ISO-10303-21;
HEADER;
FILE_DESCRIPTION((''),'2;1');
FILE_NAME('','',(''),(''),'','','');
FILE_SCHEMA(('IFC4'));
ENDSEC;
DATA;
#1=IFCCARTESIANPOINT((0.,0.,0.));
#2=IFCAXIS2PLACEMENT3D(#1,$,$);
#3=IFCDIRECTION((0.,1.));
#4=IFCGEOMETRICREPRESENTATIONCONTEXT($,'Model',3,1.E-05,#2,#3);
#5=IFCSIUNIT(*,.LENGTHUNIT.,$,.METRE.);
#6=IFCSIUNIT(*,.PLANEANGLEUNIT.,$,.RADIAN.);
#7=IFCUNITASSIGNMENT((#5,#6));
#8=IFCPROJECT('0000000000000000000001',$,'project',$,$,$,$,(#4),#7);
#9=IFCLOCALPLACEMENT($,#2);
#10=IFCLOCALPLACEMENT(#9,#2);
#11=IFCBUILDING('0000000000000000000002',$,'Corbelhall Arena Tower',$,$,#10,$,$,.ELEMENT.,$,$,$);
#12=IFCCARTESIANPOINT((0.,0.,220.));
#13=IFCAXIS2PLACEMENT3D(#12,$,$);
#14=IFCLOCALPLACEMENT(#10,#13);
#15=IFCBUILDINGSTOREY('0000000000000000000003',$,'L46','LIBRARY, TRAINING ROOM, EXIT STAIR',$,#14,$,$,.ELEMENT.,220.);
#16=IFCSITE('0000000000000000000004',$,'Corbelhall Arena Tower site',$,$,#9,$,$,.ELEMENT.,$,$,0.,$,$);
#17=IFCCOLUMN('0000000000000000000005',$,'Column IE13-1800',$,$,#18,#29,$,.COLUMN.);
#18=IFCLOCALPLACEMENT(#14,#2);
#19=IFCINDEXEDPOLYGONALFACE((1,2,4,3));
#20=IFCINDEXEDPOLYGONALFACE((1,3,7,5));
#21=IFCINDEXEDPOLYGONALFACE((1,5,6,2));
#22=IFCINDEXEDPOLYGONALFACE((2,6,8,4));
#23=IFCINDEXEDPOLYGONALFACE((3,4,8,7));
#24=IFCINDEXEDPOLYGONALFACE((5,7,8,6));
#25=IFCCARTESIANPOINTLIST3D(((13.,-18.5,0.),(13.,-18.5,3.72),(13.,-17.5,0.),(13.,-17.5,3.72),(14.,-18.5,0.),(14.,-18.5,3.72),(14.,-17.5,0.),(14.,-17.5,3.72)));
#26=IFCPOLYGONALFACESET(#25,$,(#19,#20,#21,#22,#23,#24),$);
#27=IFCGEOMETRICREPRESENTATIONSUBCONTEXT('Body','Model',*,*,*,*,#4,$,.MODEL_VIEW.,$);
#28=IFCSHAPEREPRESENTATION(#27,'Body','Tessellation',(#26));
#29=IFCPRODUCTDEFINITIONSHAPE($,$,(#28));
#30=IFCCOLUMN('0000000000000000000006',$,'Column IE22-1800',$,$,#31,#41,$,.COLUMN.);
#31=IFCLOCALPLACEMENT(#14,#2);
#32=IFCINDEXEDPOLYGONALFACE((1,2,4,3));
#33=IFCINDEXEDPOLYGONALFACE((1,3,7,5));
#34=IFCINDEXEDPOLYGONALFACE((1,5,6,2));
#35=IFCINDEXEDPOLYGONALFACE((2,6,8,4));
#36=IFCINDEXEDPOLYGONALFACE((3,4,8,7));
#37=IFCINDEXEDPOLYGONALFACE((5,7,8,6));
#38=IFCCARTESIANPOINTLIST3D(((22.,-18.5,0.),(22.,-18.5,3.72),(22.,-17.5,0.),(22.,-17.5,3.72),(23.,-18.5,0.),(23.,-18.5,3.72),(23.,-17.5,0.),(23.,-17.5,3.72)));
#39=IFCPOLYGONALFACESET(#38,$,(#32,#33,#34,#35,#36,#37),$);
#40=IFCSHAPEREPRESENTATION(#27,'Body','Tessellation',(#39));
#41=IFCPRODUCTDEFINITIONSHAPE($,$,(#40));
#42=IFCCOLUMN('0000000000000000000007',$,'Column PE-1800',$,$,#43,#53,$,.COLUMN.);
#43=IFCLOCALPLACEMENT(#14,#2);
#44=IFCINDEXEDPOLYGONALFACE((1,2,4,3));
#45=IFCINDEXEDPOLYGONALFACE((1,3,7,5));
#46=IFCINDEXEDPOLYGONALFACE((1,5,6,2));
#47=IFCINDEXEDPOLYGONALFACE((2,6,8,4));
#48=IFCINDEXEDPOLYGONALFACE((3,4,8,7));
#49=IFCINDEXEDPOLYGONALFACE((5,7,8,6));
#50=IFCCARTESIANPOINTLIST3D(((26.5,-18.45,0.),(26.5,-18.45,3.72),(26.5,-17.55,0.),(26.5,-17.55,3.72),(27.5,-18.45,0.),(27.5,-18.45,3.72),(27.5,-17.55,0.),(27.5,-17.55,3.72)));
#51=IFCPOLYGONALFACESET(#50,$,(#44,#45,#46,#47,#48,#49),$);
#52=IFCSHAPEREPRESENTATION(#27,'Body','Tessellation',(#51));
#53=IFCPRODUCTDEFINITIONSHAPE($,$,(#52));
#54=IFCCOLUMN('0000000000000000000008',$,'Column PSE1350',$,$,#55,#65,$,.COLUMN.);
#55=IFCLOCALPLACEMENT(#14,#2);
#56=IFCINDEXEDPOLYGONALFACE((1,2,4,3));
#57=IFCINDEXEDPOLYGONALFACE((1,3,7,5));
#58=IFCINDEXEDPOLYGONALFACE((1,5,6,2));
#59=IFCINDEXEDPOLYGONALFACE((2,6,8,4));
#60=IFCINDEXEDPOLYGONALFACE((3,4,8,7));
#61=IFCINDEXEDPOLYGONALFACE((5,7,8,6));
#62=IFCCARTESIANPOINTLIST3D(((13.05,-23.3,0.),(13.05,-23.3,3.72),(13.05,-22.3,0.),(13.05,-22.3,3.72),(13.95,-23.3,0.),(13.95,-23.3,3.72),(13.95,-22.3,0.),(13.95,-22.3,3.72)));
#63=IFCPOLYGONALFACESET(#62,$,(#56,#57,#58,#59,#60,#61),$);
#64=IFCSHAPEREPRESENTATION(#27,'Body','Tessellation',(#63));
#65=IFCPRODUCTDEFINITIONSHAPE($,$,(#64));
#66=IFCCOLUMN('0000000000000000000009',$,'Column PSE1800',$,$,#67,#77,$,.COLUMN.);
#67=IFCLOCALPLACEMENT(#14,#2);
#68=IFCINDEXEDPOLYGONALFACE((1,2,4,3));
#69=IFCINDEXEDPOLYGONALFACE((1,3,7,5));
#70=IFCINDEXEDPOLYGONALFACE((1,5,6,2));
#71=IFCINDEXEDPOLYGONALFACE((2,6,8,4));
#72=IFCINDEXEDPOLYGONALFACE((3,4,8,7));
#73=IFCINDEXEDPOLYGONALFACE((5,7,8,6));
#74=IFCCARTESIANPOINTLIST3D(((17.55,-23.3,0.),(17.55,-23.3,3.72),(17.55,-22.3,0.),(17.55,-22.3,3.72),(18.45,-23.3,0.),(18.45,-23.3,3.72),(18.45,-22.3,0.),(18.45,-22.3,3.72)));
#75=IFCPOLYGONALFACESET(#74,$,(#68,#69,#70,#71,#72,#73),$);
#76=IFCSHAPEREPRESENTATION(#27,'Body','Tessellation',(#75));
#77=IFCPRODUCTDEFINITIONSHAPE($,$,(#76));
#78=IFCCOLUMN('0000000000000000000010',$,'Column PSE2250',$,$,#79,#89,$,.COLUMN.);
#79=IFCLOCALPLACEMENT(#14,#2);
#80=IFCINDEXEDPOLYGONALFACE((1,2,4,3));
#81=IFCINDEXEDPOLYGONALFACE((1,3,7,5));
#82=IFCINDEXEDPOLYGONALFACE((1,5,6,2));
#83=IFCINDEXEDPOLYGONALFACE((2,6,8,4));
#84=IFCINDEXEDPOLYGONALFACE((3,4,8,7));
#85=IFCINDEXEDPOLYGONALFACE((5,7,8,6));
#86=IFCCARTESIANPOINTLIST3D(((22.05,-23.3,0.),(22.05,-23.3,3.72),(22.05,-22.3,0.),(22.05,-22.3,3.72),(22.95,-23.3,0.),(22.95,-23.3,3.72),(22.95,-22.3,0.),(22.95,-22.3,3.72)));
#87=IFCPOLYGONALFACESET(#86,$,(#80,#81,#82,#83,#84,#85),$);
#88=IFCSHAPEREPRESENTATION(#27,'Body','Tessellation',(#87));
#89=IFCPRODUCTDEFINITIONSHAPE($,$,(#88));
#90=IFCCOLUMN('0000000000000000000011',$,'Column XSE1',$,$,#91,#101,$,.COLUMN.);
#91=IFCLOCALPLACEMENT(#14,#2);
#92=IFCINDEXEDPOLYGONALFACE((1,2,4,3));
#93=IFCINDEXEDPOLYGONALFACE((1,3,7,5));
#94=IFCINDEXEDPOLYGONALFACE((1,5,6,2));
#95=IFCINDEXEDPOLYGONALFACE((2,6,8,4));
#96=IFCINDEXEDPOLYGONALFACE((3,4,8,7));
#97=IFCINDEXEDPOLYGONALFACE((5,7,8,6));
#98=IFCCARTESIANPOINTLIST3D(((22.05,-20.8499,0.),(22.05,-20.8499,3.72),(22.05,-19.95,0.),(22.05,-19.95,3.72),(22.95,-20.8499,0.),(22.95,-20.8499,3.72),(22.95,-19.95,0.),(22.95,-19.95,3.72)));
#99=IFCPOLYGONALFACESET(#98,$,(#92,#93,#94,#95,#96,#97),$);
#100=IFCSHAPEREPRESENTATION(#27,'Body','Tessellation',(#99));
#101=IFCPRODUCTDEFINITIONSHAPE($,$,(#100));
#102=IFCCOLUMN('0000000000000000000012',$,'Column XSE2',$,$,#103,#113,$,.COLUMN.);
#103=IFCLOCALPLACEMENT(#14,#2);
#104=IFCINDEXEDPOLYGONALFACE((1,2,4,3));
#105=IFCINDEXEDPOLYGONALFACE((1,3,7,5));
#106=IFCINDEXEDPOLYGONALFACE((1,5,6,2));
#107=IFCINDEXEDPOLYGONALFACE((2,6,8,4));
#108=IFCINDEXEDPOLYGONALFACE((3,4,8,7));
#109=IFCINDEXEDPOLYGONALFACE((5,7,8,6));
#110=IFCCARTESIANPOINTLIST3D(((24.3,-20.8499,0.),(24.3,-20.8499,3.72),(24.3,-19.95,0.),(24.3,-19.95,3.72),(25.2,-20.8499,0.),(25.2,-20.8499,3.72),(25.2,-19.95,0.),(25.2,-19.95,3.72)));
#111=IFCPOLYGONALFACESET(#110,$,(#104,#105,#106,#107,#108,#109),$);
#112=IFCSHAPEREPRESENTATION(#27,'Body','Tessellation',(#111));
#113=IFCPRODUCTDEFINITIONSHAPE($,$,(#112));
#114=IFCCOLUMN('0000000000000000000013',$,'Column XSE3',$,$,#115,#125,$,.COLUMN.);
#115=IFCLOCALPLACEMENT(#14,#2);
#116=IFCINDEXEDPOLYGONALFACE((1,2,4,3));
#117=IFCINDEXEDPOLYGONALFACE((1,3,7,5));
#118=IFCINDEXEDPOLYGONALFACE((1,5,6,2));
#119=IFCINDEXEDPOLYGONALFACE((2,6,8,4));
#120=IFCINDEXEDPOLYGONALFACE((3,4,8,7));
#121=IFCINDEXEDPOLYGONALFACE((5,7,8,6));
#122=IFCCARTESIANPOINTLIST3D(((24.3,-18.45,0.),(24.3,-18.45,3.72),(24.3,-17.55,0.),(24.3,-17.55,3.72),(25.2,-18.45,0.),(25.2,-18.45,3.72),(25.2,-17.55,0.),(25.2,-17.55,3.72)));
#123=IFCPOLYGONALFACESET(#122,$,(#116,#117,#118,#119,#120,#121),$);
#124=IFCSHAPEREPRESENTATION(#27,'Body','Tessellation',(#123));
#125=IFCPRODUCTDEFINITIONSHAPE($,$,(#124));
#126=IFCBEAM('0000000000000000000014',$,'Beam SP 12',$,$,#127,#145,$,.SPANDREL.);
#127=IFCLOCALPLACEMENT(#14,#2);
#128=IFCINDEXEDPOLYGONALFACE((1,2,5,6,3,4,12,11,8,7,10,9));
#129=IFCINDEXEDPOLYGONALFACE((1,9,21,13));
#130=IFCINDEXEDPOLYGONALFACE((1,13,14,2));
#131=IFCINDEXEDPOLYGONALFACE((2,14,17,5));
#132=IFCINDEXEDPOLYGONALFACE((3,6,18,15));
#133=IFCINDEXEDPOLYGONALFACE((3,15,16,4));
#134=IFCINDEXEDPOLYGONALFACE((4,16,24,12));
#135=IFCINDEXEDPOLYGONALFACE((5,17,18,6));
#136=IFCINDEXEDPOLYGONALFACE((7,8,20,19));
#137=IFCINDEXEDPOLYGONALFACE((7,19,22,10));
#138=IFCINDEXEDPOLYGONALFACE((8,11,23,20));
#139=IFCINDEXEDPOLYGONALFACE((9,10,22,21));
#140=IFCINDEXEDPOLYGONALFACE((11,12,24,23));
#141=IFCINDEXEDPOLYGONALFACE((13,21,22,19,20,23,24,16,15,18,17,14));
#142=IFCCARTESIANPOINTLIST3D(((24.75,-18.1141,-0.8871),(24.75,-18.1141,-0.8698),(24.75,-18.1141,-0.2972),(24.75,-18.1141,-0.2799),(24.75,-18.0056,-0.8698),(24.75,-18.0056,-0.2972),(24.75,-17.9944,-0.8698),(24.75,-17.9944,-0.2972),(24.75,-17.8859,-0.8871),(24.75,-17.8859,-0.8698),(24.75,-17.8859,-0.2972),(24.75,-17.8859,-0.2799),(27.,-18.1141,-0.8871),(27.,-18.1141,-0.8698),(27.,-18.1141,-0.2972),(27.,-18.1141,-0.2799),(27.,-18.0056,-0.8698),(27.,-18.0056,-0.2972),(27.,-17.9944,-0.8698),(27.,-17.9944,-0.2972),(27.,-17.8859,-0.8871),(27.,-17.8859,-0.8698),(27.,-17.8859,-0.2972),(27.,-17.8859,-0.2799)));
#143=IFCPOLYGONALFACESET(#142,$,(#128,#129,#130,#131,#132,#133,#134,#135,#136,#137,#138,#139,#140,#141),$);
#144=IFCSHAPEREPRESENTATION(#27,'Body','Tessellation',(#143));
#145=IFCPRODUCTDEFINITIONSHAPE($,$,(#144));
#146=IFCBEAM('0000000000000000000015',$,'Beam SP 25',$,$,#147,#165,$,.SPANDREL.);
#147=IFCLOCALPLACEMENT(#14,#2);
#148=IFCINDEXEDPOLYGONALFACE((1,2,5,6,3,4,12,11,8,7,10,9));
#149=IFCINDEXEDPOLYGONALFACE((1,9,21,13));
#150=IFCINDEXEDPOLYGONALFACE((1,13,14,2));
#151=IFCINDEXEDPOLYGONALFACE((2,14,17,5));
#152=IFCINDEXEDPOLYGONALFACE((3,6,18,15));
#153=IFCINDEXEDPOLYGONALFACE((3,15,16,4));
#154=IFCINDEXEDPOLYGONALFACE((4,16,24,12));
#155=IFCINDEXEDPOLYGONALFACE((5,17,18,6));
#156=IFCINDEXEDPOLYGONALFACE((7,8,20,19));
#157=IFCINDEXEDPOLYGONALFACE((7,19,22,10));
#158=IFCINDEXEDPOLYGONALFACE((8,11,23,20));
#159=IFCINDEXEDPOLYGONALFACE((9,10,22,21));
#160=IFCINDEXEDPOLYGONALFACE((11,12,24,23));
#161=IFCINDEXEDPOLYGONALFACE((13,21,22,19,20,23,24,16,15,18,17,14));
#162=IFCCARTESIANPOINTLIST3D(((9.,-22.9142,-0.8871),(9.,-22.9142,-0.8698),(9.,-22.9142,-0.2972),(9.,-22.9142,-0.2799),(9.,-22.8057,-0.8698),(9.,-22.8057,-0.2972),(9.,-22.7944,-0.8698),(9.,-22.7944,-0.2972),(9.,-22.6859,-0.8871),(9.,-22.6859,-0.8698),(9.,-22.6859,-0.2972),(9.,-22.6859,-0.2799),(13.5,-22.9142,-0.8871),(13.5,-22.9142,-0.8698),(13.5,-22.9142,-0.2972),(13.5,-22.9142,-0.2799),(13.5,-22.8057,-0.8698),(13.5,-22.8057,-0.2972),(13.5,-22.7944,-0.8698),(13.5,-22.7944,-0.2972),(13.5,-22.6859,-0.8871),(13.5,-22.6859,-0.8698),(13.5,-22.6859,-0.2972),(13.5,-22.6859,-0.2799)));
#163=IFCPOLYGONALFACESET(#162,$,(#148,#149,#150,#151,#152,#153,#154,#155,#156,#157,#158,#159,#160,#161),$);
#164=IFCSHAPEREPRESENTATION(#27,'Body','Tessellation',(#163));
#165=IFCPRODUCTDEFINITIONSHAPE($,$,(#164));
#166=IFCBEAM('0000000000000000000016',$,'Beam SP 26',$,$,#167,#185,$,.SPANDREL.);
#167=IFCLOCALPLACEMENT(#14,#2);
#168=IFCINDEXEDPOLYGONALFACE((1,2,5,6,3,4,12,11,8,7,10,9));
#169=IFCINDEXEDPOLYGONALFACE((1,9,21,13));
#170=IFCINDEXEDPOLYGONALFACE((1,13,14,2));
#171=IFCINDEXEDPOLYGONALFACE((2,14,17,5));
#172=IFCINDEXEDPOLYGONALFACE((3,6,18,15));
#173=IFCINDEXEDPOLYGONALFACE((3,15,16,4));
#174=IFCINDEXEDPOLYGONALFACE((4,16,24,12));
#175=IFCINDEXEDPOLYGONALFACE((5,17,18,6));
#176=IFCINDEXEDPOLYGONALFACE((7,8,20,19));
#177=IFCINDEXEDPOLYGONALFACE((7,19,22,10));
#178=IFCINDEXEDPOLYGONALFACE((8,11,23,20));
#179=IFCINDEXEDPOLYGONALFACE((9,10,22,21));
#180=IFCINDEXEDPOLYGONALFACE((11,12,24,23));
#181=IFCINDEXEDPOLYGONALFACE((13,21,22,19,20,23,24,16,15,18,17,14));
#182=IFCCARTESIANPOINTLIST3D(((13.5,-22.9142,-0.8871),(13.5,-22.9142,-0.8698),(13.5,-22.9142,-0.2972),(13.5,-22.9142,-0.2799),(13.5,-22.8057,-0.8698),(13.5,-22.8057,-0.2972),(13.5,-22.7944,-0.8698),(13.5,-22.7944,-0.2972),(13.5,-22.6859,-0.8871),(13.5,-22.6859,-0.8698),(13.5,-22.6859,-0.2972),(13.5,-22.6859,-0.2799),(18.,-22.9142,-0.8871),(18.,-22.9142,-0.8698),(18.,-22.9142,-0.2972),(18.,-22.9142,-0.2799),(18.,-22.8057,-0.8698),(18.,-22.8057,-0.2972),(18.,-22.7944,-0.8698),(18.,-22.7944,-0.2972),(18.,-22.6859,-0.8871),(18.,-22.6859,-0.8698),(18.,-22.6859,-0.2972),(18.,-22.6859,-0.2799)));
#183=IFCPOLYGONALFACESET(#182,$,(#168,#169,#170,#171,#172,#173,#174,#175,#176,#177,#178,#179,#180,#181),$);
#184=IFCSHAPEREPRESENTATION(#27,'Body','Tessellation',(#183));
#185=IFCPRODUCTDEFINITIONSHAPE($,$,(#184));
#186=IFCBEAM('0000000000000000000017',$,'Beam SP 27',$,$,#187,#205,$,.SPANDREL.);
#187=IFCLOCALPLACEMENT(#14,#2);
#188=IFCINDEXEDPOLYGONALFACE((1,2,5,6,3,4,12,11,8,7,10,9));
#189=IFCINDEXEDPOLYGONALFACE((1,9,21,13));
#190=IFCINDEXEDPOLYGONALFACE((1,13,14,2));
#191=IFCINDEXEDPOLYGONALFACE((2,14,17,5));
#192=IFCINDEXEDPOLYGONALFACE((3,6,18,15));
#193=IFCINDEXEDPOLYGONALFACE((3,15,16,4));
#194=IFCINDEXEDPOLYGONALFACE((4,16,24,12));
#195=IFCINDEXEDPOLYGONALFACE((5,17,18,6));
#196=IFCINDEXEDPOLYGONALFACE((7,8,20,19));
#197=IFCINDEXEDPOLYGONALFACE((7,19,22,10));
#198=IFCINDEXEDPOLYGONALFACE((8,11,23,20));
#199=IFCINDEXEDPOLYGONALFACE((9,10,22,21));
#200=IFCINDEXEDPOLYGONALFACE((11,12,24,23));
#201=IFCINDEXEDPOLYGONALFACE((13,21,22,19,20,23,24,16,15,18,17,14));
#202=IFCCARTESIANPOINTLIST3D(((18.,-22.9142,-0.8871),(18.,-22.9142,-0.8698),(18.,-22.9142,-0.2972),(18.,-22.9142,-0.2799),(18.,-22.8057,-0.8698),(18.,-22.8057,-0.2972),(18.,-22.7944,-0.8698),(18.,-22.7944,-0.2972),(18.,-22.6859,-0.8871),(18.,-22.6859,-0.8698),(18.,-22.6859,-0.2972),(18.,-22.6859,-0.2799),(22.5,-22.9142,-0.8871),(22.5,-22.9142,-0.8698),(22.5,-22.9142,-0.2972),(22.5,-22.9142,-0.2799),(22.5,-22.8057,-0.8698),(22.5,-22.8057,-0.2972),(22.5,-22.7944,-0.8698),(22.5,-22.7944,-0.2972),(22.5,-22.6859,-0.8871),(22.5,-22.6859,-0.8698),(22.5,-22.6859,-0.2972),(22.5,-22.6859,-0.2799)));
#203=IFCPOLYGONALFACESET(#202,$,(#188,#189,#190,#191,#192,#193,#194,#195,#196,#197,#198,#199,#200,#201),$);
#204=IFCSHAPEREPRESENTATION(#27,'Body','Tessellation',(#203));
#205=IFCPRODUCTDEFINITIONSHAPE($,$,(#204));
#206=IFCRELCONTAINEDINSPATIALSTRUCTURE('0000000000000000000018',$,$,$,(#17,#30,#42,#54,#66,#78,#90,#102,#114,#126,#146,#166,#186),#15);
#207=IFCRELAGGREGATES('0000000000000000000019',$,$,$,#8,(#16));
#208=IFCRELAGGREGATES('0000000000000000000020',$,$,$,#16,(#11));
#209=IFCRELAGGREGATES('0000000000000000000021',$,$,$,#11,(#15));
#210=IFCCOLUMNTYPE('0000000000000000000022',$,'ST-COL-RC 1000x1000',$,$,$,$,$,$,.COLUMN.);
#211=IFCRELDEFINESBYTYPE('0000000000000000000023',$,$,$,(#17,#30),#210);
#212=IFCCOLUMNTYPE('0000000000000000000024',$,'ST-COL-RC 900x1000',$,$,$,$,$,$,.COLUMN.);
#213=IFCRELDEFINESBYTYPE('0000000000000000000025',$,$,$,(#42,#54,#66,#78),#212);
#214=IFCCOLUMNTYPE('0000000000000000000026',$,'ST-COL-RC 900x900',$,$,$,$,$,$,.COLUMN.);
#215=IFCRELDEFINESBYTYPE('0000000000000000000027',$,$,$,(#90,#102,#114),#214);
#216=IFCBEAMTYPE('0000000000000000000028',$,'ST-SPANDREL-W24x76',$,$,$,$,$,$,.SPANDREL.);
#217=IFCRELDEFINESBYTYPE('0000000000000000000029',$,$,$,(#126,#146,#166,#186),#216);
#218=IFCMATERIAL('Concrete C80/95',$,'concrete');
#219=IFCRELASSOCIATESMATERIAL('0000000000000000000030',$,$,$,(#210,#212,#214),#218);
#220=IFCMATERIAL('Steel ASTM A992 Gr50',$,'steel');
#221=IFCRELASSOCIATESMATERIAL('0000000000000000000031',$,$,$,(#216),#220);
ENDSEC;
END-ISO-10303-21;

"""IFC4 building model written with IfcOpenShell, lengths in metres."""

from ifc_helpers import new_model, si_unit, direction, frame, origin, origin_2d, place, context, subcontext, project, spatial, rectangle, i_section, extrude, material, material_profile, profile_set, type_object, element, save


model = new_model("IFC4")

# Units and contexts
model_context = context("Model", 3, precision=1e-05, world=origin(), true_north=direction((0.0, 1.0)))
body_context = subcontext(model_context, "Body", "Model", "MODEL_VIEW")
ifc_project = project(units=[si_unit("LENGTHUNIT", "METRE"), si_unit("PLANEANGLEUNIT", "RADIAN")], contexts=[model_context])

# Site, building, storey
site_placement = place(None, origin())
site = spatial("IfcSite", under=ifc_project, at=site_placement, Name="Corbelhall Arena Tower site", CompositionType="ELEMENT", RefElevation=0.0)
building_placement = place(site_placement, origin())
building = spatial("IfcBuilding", under=site, at=building_placement, Name="Corbelhall Arena Tower", CompositionType="ELEMENT")
storey_placement = place(building_placement, frame((0.0, 0.0, 220.0)))
storey = spatial("IfcBuildingStorey", under=building, at=storey_placement, Name="L46", Description="LIBRARY, TRAINING ROOM, EXIT STAIR", CompositionType="ELEMENT", Elevation=220.0)

# Columns
ifc_material_1 = material(Name="Concrete C80/95", Category="concrete")
ifc_material_profile_1 = material_profile(ifc_material_1, rectangle(XDim=1.0, YDim=1.0, at=origin_2d()))
ifc_profile_set_1 = profile_set([ifc_material_profile_1], Name="Concrete C80/95")
column_type_1 = type_object("IfcColumnType", Name="ST-COL-RC 1000x1000", PredefinedType="COLUMN", material=ifc_profile_set_1)
for number, where, z_axis, x_axis, name in (
    (1, (13.5, -18.0, 0.0), (0.0, 0.0, 1.0), (1.0, 0.0, 0.0), "Column IE13-1800"),
    (2, (22.5, -18.0, 0.0), (0.0, 0.0, 1.0), (1.0, 0.0, 0.0), "Column IE22-1800"),
):
    element("IfcColumn", number, at=place(storey_placement, frame(where, z_axis=z_axis, x_axis=x_axis)), inside=storey, type_object=column_type_1, Name=name, PredefinedType="COLUMN", context=body_context, shape_type="SweptSolid", body=[
        extrude(rectangle(XDim=1.0, YDim=1.0, at=origin_2d()), origin(), (0.0, 0.0, 1.0), 3.72),
    ])
ifc_material_profile_2 = material_profile(ifc_material_1, rectangle(XDim=0.8999, YDim=1.0, at=origin_2d()))
ifc_profile_set_2 = profile_set([ifc_material_profile_2], Name="Concrete C80/95")
column_type_2 = type_object("IfcColumnType", Name="ST-COL-RC 900x1000", PredefinedType="COLUMN", material=ifc_profile_set_2)
for number, where, z_axis, x_axis, name in (
    (3, (27.0, -18.0, 0.0), (0.0, 0.0, 1.0), (0.0, 1.0, 0.0), "Column PE-1800"),
    (4, (13.5, -22.8, 0.0), (0.0, 0.0, 1.0), (1.0, 0.0, 0.0), "Column PSE1350"),
    (5, (18.0, -22.8, 0.0), (0.0, 0.0, 1.0), (1.0, 0.0, 0.0), "Column PSE1800"),
    (6, (22.5, -22.8, 0.0), (0.0, 0.0, 1.0), (1.0, 0.0, 0.0), "Column PSE2250"),
):
    element("IfcColumn", number, at=place(storey_placement, frame(where, z_axis=z_axis, x_axis=x_axis)), inside=storey, type_object=column_type_2, Name=name, PredefinedType="COLUMN", context=body_context, shape_type="SweptSolid", body=[
        extrude(rectangle(XDim=0.8999, YDim=1.0, at=origin_2d()), origin(), (0.0, 0.0, 1.0), 3.72),
    ])
ifc_material_profile_3 = material_profile(ifc_material_1, rectangle(XDim=0.8999, YDim=0.8999, at=origin_2d()))
ifc_profile_set_3 = profile_set([ifc_material_profile_3], Name="Concrete C80/95")
column_type_3 = type_object("IfcColumnType", Name="ST-COL-RC 900x900", PredefinedType="COLUMN", material=ifc_profile_set_3)
for number, where, z_axis, x_axis, name in (
    (7, (22.5, -20.3999, 0.0), (0.0, 0.0, 1.0), (1.0, 0.0, 0.0), "Column XSE1"),
    (8, (24.75, -20.3999, 0.0), (0.0, 0.0, 1.0), (1.0, 0.0, 0.0), "Column XSE2"),
    (9, (24.75, -18.0, 0.0), (0.0, 0.0, 1.0), (1.0, 0.0, 0.0), "Column XSE3"),
):
    element("IfcColumn", number, at=place(storey_placement, frame(where, z_axis=z_axis, x_axis=x_axis)), inside=storey, type_object=column_type_3, Name=name, PredefinedType="COLUMN", context=body_context, shape_type="SweptSolid", body=[
        extrude(rectangle(XDim=0.8999, YDim=0.8999, at=origin_2d()), origin(), (0.0, 0.0, 1.0), 3.72),
    ])

# Beams
ifc_material_2 = material(Name="Steel ASTM A992 Gr50", Category="steel")
ifc_material_profile_4 = material_profile(ifc_material_2, i_section(OverallWidth=0.2283, OverallDepth=0.6072, WebThickness=0.0112, FlangeThickness=0.0173, at=origin_2d()))
ifc_profile_set_4 = profile_set([ifc_material_profile_4], Name="Steel ASTM A992 Gr50")
beam_type = type_object("IfcBeamType", Name="ST-SPANDREL-W24x76", PredefinedType="SPANDREL", material=ifc_profile_set_4)
beam_1_placement = place(storey_placement, frame((27.0, -18.0, -0.5835), z_axis=(-1.0, 0.0, 0.0), x_axis=(0.0, -1.0, 0.0)))
element("IfcBeam", 10, at=beam_1_placement, inside=storey, type_object=beam_type, Name="Beam SP 12", PredefinedType="SPANDREL", context=body_context, shape_type="SweptSolid", body=[
    extrude(i_section(OverallWidth=0.2283, OverallDepth=0.6072, WebThickness=0.0112, FlangeThickness=0.0173, at=origin_2d()), origin(), (0.0, 0.0, 1.0), 2.25),
])
for number, where, z_axis, x_axis, name in (
    (11, (13.5, -22.8, -0.5835), (-1.0, 0.0, 0.0), (0.0, -1.0, 0.0), "Beam SP 25"),
    (12, (18.0, -22.8, -0.5835), (-1.0, 0.0, 0.0), (0.0, -1.0, 0.0), "Beam SP 26"),
    (13, (22.5, -22.8, -0.5835), (-1.0, 0.0, 0.0), (0.0, -1.0, 0.0), "Beam SP 27"),
):
    element("IfcBeam", number, at=place(storey_placement, frame(where, z_axis=z_axis, x_axis=x_axis)), inside=storey, type_object=beam_type, Name=name, PredefinedType="SPANDREL", context=body_context, shape_type="SweptSolid", body=[
        extrude(i_section(OverallWidth=0.2283, OverallDepth=0.6072, WebThickness=0.0112, FlangeThickness=0.0173, at=origin_2d()), origin(), (0.0, 0.0, 1.0), 4.5),
    ])

save(model, "model.ifc")
